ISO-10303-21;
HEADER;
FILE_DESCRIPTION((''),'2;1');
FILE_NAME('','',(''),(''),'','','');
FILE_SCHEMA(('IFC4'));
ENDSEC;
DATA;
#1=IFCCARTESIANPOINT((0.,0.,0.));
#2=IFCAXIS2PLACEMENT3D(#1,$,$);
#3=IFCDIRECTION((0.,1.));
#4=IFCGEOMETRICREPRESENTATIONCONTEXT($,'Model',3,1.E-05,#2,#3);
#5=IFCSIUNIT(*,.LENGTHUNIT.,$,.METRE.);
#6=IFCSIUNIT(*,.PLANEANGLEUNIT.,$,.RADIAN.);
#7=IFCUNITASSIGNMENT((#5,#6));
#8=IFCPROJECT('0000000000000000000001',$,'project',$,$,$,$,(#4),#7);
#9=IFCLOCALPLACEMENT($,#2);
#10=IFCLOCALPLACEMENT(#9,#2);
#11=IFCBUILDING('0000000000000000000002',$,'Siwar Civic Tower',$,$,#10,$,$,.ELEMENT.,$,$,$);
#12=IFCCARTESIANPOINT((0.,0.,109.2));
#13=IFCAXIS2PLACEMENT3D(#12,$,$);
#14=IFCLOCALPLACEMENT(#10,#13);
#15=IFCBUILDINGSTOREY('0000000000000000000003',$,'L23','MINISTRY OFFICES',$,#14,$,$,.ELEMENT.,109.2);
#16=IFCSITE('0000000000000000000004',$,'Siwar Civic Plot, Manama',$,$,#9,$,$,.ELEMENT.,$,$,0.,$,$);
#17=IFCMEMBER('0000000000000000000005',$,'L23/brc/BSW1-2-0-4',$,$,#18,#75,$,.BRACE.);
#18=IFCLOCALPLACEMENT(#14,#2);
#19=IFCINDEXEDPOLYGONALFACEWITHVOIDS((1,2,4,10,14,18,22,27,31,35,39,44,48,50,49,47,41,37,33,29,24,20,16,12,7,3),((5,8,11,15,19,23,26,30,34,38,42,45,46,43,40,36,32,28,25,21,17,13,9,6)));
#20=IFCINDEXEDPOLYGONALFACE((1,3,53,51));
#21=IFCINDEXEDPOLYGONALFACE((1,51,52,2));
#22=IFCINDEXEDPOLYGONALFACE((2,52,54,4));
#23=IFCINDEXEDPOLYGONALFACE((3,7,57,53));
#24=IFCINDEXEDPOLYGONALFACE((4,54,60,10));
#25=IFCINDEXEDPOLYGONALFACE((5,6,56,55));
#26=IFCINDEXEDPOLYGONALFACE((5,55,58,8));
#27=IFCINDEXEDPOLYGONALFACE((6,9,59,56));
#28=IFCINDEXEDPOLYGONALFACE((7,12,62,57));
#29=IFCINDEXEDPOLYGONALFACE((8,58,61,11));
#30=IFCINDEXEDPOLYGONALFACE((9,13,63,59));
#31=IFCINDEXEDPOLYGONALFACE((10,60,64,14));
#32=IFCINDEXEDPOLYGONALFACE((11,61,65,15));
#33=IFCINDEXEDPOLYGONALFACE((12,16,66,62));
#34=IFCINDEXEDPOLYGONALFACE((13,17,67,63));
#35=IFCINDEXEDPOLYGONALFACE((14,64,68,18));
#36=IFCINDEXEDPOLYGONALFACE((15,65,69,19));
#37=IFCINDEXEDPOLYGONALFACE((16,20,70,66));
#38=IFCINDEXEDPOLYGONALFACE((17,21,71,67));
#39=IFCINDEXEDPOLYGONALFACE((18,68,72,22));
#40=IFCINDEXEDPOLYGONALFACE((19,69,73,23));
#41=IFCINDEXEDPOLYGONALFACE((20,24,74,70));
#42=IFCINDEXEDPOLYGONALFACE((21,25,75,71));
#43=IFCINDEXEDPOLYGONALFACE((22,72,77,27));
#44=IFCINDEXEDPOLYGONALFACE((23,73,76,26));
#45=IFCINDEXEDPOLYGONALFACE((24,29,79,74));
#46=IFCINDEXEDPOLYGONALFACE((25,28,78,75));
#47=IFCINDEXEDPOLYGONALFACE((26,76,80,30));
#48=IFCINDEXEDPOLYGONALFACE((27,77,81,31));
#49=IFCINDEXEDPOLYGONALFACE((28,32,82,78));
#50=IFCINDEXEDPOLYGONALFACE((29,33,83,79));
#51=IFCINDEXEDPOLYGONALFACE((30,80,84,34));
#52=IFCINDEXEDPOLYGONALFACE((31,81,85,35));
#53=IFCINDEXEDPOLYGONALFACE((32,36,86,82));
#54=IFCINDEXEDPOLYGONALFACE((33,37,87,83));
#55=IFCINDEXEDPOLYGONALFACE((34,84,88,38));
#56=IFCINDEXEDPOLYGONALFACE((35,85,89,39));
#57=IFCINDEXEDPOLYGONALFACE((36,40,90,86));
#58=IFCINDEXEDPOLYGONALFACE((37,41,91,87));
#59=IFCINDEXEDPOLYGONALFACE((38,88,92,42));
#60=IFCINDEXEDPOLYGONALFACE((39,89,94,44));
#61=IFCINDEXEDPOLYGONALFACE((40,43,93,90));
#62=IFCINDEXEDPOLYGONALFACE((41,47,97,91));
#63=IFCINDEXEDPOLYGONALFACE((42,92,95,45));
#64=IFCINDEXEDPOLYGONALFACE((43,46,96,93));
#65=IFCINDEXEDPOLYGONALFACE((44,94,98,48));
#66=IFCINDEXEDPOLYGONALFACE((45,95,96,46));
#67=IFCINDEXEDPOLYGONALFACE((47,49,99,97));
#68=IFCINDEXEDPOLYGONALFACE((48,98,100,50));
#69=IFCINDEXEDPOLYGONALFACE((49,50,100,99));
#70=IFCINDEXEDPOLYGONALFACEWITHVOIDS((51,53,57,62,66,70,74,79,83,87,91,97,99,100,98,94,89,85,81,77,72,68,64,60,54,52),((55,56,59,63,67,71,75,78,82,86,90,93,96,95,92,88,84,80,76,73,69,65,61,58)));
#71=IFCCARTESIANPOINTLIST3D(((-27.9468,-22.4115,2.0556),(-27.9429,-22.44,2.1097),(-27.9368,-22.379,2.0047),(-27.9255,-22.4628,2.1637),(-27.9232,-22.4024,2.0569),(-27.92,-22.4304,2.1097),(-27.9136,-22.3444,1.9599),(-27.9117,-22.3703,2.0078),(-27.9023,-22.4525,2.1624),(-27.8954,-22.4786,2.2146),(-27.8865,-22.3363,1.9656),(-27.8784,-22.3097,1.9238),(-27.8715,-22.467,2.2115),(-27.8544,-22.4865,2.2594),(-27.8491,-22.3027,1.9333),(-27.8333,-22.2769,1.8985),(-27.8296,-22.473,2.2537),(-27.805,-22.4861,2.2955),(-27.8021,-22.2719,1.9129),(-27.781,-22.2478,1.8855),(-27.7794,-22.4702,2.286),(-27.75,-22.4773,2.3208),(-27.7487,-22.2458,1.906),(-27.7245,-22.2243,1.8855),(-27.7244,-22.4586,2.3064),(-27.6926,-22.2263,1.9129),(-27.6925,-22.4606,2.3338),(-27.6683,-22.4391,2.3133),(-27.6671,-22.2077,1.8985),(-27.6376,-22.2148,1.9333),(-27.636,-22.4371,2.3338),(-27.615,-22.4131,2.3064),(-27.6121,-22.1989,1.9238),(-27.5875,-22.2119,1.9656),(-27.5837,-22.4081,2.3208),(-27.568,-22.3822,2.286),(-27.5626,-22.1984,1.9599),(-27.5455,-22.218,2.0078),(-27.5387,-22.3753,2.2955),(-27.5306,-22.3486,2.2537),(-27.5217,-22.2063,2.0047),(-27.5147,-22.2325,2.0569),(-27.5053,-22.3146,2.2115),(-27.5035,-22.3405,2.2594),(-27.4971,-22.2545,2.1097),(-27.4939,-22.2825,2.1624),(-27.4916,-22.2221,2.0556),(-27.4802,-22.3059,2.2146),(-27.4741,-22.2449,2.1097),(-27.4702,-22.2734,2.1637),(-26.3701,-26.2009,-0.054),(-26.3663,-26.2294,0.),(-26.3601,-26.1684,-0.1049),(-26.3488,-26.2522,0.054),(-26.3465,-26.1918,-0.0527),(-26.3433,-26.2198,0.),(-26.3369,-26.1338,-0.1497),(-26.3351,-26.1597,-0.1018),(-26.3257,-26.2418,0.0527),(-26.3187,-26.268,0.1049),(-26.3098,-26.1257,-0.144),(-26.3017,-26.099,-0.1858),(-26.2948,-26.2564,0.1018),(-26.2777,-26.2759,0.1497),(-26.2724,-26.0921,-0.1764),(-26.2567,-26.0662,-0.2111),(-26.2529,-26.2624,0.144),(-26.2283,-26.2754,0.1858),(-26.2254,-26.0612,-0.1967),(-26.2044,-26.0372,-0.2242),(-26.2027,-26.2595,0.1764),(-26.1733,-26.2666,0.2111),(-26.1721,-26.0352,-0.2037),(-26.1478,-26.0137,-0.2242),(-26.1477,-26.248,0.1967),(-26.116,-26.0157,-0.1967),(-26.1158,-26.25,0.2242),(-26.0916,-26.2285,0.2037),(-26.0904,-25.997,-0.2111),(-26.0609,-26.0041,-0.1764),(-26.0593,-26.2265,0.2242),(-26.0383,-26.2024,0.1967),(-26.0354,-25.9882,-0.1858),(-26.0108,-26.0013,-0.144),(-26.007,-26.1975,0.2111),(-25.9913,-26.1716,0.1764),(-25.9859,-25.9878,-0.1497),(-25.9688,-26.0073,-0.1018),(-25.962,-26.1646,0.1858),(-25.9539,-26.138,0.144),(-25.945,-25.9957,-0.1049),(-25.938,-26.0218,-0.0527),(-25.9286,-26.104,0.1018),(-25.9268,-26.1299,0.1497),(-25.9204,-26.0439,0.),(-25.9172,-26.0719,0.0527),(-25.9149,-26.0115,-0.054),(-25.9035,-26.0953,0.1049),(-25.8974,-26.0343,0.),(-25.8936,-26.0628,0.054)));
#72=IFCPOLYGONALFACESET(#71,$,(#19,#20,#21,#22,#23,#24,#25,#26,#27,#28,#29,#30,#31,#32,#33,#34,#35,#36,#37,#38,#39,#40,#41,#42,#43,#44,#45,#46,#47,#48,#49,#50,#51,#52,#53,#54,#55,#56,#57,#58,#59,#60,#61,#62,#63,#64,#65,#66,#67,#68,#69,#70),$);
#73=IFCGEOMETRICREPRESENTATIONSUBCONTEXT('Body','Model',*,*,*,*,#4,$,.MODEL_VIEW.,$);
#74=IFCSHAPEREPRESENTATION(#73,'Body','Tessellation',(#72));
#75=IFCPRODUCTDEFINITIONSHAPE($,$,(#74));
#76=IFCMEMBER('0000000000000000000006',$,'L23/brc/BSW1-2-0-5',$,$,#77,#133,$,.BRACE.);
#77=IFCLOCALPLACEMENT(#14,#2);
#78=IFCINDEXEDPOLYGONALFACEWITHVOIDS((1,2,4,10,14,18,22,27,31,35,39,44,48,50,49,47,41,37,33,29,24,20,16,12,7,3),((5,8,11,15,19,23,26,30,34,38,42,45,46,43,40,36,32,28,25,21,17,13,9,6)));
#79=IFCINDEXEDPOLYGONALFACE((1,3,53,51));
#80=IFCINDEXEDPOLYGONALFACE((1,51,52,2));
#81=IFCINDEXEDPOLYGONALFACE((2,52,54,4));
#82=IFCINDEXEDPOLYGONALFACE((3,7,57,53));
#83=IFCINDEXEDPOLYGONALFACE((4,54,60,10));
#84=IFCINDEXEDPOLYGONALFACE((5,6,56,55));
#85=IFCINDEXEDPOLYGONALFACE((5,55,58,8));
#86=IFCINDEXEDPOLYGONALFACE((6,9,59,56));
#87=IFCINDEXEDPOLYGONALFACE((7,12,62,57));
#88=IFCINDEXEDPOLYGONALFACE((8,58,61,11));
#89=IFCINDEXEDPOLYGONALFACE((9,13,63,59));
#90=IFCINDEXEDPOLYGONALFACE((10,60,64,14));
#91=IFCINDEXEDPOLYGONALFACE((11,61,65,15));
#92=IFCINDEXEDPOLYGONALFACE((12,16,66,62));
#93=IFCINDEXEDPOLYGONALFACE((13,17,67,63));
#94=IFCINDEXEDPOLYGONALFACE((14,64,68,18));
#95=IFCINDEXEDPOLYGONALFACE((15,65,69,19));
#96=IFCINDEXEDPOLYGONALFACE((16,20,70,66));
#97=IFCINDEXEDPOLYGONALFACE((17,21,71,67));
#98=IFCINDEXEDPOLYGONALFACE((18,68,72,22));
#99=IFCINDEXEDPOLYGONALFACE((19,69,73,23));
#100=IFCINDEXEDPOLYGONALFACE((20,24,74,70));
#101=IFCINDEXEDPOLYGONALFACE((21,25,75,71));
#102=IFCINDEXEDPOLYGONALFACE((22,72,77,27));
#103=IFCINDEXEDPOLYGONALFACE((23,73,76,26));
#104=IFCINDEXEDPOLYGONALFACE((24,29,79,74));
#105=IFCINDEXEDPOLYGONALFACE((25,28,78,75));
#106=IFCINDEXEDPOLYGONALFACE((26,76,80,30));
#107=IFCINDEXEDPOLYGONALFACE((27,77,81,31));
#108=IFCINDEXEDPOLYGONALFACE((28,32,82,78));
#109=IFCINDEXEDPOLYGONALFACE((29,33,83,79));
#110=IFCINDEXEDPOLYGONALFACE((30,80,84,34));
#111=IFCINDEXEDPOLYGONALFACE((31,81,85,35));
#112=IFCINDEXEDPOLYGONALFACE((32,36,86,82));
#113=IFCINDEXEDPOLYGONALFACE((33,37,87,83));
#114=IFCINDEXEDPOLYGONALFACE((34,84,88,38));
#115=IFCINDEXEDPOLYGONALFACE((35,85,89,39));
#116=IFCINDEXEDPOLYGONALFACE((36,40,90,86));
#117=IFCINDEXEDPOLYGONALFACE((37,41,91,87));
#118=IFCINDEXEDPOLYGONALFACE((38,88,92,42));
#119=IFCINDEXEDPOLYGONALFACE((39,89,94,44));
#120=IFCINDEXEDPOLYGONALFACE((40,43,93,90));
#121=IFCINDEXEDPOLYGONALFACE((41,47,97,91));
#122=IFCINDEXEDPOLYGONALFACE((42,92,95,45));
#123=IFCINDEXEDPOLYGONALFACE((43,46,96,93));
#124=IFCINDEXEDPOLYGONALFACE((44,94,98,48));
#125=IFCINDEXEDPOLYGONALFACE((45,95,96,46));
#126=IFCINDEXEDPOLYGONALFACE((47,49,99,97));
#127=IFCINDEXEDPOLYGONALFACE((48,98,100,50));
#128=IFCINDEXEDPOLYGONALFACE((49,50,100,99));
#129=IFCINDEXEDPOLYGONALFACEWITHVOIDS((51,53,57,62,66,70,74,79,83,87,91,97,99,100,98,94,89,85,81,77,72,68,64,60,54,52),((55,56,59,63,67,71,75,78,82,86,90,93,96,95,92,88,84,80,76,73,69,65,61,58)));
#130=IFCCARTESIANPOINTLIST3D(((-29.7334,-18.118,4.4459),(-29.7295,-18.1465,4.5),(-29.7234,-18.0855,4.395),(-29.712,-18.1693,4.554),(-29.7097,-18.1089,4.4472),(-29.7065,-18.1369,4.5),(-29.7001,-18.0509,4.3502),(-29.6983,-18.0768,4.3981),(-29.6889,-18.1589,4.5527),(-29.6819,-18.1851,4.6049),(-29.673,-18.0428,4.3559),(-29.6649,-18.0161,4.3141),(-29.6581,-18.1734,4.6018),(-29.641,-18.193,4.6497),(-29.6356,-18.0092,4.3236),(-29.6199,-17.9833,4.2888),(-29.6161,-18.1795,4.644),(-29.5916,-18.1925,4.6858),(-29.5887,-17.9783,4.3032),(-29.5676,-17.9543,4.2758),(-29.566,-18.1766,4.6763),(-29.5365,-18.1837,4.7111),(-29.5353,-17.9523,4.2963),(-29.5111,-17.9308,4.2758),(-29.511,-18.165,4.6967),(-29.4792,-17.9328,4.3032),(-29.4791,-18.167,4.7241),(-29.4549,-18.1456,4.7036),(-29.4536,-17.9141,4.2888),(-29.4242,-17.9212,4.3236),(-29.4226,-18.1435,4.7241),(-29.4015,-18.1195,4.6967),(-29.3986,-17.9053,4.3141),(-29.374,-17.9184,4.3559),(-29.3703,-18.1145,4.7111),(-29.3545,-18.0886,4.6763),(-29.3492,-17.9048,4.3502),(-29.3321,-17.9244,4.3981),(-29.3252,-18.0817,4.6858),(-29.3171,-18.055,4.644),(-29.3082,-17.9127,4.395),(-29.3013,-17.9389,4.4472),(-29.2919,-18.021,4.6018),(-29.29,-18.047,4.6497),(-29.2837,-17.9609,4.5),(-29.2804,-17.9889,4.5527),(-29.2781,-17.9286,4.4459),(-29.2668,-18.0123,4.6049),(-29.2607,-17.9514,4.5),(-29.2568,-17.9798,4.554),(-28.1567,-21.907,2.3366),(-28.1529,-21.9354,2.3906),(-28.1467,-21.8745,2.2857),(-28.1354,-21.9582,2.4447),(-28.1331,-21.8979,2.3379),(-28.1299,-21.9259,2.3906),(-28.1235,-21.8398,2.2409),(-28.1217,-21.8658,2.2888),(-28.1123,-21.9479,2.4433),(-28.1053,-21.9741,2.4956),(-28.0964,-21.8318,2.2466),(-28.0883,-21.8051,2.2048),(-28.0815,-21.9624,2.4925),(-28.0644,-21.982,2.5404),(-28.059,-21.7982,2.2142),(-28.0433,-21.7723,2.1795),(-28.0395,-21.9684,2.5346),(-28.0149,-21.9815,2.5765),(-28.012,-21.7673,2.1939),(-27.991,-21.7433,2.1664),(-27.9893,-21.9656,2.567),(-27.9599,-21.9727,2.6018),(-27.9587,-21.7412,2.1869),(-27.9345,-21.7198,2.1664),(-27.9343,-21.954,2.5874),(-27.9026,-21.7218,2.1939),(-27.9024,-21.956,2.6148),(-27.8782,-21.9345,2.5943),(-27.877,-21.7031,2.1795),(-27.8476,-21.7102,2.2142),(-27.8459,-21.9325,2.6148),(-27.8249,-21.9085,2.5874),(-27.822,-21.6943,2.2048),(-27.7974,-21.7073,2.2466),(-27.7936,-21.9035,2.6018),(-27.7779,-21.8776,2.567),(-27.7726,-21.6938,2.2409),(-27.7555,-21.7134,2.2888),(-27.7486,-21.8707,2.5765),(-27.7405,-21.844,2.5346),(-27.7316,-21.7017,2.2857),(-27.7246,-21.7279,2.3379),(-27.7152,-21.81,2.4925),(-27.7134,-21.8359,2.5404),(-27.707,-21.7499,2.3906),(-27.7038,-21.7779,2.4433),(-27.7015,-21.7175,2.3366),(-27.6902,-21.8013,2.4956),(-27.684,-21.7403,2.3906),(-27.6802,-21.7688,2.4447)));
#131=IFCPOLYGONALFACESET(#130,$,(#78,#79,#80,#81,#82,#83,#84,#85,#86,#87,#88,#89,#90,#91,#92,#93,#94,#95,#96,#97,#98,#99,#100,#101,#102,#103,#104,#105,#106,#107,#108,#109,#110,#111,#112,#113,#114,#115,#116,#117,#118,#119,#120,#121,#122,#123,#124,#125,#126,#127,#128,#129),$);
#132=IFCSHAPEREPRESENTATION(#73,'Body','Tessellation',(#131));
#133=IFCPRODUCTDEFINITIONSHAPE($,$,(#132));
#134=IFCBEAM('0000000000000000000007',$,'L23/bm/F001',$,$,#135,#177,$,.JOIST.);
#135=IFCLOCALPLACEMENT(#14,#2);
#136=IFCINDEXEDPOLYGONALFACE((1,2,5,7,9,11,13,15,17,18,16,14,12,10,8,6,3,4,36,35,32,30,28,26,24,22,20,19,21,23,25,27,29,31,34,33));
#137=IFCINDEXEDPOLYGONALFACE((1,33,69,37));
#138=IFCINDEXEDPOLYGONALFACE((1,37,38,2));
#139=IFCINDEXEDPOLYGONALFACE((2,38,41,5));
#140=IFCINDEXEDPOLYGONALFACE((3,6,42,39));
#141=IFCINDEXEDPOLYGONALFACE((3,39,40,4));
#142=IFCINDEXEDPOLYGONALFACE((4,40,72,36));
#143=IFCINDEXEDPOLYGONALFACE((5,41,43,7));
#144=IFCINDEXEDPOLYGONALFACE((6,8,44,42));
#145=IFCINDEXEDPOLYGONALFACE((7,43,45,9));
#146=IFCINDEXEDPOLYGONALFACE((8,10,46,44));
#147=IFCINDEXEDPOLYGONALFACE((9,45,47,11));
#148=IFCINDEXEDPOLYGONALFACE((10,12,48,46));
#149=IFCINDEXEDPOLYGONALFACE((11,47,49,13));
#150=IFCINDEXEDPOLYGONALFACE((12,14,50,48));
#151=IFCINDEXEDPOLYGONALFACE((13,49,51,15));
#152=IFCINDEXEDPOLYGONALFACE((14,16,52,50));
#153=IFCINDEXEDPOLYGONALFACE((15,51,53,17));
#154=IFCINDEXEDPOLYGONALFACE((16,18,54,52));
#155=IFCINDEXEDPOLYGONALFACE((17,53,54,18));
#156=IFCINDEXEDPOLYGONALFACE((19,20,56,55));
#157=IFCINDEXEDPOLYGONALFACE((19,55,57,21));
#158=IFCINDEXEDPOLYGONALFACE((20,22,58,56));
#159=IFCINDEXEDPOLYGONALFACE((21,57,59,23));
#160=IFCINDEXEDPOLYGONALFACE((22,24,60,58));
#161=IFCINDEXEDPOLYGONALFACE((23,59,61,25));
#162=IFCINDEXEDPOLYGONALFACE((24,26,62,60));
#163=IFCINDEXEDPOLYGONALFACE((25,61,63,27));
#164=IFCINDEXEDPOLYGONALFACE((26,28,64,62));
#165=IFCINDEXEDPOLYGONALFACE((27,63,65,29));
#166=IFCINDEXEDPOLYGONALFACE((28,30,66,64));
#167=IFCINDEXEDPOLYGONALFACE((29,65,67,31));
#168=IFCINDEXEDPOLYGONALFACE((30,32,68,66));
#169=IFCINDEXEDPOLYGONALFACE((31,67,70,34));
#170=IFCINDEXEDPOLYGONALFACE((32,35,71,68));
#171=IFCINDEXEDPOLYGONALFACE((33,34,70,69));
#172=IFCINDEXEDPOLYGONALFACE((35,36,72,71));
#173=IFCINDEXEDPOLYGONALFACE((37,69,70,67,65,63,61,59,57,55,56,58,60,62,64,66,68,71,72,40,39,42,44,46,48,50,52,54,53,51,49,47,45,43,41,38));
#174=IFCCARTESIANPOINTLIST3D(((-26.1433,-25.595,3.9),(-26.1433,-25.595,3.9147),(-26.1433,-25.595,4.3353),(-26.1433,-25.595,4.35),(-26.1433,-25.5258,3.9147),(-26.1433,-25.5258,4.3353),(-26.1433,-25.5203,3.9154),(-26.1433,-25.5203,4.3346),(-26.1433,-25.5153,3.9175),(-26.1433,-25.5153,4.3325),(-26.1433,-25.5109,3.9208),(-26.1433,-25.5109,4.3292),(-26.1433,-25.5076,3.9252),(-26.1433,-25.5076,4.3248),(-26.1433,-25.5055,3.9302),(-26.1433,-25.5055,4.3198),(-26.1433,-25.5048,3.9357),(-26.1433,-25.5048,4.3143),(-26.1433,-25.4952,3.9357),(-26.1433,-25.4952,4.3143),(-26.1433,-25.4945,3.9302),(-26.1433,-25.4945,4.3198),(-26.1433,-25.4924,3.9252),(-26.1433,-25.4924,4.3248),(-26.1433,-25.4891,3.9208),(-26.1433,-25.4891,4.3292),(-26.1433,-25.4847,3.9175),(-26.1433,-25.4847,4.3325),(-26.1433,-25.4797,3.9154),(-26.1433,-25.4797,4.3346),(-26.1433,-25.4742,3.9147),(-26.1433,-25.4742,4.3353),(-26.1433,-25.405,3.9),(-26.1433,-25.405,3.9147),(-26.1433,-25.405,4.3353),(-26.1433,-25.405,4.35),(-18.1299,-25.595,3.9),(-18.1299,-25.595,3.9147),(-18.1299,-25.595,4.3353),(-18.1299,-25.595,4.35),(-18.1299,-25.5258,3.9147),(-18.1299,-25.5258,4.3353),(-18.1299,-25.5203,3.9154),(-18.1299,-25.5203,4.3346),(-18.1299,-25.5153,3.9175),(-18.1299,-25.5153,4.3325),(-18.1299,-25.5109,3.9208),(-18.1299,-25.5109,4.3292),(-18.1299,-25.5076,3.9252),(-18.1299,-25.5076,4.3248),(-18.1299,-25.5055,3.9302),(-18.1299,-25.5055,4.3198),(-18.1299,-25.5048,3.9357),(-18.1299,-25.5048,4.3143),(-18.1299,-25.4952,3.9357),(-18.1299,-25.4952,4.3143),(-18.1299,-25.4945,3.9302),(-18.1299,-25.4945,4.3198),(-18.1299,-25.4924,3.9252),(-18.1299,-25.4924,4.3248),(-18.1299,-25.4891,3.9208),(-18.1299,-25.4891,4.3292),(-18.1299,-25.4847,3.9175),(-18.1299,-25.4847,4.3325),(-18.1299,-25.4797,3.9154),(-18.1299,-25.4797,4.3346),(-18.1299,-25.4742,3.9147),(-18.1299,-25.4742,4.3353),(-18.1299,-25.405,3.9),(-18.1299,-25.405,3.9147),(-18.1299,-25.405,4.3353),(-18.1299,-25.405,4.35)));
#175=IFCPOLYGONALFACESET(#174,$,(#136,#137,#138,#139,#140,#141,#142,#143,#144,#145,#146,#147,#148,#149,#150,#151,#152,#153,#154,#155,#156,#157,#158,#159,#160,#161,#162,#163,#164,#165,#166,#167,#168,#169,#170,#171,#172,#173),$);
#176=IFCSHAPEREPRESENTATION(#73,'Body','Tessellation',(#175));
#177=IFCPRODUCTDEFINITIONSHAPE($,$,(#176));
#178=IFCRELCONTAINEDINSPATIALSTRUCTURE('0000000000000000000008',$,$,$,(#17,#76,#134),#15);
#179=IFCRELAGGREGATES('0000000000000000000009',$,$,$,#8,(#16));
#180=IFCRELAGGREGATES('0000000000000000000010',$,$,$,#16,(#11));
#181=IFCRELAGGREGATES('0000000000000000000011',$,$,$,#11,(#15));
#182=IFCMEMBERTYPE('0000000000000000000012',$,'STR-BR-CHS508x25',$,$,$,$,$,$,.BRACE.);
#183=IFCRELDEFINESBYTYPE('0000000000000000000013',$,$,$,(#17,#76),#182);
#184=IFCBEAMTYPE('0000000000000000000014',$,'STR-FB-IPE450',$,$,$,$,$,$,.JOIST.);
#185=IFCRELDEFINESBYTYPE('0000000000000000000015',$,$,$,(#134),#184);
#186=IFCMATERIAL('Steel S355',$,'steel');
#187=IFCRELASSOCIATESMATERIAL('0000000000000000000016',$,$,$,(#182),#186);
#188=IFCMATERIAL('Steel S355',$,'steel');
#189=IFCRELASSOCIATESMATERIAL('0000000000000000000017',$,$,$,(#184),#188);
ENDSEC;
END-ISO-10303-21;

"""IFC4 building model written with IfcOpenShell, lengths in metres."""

from ifc_helpers import new_model, si_unit, direction, frame, origin, origin_2d, place, context, subcontext, project, spatial, hollow_circle, i_section, extrude, material, material_profile, profile_set, type_object, element, save


model = new_model("IFC4")

# Units and contexts
model_context = context("Model", 3, precision=1e-05, world=origin(), true_north=direction((0.0, 1.0)))
body_context = subcontext(model_context, "Body", "Model", "MODEL_VIEW")
ifc_project = project(units=[si_unit("LENGTHUNIT", "METRE"), si_unit("PLANEANGLEUNIT", "RADIAN")], contexts=[model_context])

# Site, building, storey
site_placement = place(None, origin())
site = spatial("IfcSite", under=ifc_project, at=site_placement, Name="Siwar Civic Plot, Manama", CompositionType="ELEMENT", RefElevation=0.0)
building_placement = place(site_placement, origin())
building = spatial("IfcBuilding", under=site, at=building_placement, Name="Siwar Civic Tower", CompositionType="ELEMENT")
storey_placement = place(building_placement, frame((0.0, 0.0, 109.2)))
storey = spatial("IfcBuildingStorey", under=building, at=storey_placement, Name="L23", Description="MINISTRY OFFICES", CompositionType="ELEMENT", Elevation=109.2)

# Members
ifc_material_1 = material(Name="Steel S355", Category="steel")
ifc_material_profile_1 = material_profile(ifc_material_1, hollow_circle(Radius=0.2539, WallThickness=0.0249, at=origin_2d()), Name="CHS508x25")
ifc_profile_set_1 = profile_set([ifc_material_profile_1], Name="Steel S355")
member_type_1 = type_object("IfcMemberType", Name="STR-BR-CHS508x25", PredefinedType="BRACE", material=ifc_profile_set_1)
member_1_placement = place(storey_placement, frame((-26.1318, -26.1318, 0.0), z_axis=(-0.341662, 0.821143, 0.457155), x_axis=(-0.923269, -0.384155, 0.0)))
element("IfcMember", 1, at=member_1_placement, inside=storey, type_object=member_type_1, Name="L23/brc/BSW1-2-0-4", PredefinedType="BRACE", context=body_context, shape_type="SweptSolid", body=[
    extrude(hollow_circle(Radius=0.2539, WallThickness=0.0249, at=origin_2d()), origin(), (0.0, 0.0, 1.0), 4.6147),
])
member_2_placement = place(storey_placement, frame((-27.9185, -21.8379, 2.3906), z_axis=(-0.341686, 0.821146, 0.457133), x_axis=(-0.92326, -0.384176, 0.0)))
element("IfcMember", 2, at=member_2_placement, inside=storey, type_object=member_type_1, Name="L23/brc/BSW1-2-0-5", PredefinedType="BRACE", context=body_context, shape_type="SweptSolid", body=[
    extrude(hollow_circle(Radius=0.2539, WallThickness=0.0249, at=origin_2d()), origin(), (0.0, 0.0, 1.0), 4.6143),
])

# Beam
ifc_material_2 = material(Name="Steel S355", Category="steel")
ifc_material_profile_2 = material_profile(ifc_material_2, i_section(OverallWidth=0.1899, OverallDepth=0.45, WebThickness=0.0095, FlangeThickness=0.0146, FilletRadius=0.021, at=origin_2d()), Name="IPE450")
ifc_profile_set_2 = profile_set([ifc_material_profile_2], Name="Steel S355")
beam_type_1 = type_object("IfcBeamType", Name="STR-FB-IPE450", PredefinedType="JOIST", material=ifc_profile_set_2)
beam_1_placement = place(storey_placement, frame((-26.1433, -25.5, 4.125), z_axis=(1.0, 0.0, 0.0), x_axis=(0.0, 1.0, 0.0)))
element("IfcBeam", 3, at=beam_1_placement, inside=storey, type_object=beam_type_1, Name="L23/bm/F001", PredefinedType="JOIST", context=body_context, shape_type="SweptSolid", body=[
    extrude(i_section(OverallWidth=0.1899, OverallDepth=0.45, WebThickness=0.0095, FlangeThickness=0.0146, FilletRadius=0.021, at=origin_2d()), origin(), (0.0, 0.0, 1.0), 8.0134),
])

save(model, "model.ifc")
